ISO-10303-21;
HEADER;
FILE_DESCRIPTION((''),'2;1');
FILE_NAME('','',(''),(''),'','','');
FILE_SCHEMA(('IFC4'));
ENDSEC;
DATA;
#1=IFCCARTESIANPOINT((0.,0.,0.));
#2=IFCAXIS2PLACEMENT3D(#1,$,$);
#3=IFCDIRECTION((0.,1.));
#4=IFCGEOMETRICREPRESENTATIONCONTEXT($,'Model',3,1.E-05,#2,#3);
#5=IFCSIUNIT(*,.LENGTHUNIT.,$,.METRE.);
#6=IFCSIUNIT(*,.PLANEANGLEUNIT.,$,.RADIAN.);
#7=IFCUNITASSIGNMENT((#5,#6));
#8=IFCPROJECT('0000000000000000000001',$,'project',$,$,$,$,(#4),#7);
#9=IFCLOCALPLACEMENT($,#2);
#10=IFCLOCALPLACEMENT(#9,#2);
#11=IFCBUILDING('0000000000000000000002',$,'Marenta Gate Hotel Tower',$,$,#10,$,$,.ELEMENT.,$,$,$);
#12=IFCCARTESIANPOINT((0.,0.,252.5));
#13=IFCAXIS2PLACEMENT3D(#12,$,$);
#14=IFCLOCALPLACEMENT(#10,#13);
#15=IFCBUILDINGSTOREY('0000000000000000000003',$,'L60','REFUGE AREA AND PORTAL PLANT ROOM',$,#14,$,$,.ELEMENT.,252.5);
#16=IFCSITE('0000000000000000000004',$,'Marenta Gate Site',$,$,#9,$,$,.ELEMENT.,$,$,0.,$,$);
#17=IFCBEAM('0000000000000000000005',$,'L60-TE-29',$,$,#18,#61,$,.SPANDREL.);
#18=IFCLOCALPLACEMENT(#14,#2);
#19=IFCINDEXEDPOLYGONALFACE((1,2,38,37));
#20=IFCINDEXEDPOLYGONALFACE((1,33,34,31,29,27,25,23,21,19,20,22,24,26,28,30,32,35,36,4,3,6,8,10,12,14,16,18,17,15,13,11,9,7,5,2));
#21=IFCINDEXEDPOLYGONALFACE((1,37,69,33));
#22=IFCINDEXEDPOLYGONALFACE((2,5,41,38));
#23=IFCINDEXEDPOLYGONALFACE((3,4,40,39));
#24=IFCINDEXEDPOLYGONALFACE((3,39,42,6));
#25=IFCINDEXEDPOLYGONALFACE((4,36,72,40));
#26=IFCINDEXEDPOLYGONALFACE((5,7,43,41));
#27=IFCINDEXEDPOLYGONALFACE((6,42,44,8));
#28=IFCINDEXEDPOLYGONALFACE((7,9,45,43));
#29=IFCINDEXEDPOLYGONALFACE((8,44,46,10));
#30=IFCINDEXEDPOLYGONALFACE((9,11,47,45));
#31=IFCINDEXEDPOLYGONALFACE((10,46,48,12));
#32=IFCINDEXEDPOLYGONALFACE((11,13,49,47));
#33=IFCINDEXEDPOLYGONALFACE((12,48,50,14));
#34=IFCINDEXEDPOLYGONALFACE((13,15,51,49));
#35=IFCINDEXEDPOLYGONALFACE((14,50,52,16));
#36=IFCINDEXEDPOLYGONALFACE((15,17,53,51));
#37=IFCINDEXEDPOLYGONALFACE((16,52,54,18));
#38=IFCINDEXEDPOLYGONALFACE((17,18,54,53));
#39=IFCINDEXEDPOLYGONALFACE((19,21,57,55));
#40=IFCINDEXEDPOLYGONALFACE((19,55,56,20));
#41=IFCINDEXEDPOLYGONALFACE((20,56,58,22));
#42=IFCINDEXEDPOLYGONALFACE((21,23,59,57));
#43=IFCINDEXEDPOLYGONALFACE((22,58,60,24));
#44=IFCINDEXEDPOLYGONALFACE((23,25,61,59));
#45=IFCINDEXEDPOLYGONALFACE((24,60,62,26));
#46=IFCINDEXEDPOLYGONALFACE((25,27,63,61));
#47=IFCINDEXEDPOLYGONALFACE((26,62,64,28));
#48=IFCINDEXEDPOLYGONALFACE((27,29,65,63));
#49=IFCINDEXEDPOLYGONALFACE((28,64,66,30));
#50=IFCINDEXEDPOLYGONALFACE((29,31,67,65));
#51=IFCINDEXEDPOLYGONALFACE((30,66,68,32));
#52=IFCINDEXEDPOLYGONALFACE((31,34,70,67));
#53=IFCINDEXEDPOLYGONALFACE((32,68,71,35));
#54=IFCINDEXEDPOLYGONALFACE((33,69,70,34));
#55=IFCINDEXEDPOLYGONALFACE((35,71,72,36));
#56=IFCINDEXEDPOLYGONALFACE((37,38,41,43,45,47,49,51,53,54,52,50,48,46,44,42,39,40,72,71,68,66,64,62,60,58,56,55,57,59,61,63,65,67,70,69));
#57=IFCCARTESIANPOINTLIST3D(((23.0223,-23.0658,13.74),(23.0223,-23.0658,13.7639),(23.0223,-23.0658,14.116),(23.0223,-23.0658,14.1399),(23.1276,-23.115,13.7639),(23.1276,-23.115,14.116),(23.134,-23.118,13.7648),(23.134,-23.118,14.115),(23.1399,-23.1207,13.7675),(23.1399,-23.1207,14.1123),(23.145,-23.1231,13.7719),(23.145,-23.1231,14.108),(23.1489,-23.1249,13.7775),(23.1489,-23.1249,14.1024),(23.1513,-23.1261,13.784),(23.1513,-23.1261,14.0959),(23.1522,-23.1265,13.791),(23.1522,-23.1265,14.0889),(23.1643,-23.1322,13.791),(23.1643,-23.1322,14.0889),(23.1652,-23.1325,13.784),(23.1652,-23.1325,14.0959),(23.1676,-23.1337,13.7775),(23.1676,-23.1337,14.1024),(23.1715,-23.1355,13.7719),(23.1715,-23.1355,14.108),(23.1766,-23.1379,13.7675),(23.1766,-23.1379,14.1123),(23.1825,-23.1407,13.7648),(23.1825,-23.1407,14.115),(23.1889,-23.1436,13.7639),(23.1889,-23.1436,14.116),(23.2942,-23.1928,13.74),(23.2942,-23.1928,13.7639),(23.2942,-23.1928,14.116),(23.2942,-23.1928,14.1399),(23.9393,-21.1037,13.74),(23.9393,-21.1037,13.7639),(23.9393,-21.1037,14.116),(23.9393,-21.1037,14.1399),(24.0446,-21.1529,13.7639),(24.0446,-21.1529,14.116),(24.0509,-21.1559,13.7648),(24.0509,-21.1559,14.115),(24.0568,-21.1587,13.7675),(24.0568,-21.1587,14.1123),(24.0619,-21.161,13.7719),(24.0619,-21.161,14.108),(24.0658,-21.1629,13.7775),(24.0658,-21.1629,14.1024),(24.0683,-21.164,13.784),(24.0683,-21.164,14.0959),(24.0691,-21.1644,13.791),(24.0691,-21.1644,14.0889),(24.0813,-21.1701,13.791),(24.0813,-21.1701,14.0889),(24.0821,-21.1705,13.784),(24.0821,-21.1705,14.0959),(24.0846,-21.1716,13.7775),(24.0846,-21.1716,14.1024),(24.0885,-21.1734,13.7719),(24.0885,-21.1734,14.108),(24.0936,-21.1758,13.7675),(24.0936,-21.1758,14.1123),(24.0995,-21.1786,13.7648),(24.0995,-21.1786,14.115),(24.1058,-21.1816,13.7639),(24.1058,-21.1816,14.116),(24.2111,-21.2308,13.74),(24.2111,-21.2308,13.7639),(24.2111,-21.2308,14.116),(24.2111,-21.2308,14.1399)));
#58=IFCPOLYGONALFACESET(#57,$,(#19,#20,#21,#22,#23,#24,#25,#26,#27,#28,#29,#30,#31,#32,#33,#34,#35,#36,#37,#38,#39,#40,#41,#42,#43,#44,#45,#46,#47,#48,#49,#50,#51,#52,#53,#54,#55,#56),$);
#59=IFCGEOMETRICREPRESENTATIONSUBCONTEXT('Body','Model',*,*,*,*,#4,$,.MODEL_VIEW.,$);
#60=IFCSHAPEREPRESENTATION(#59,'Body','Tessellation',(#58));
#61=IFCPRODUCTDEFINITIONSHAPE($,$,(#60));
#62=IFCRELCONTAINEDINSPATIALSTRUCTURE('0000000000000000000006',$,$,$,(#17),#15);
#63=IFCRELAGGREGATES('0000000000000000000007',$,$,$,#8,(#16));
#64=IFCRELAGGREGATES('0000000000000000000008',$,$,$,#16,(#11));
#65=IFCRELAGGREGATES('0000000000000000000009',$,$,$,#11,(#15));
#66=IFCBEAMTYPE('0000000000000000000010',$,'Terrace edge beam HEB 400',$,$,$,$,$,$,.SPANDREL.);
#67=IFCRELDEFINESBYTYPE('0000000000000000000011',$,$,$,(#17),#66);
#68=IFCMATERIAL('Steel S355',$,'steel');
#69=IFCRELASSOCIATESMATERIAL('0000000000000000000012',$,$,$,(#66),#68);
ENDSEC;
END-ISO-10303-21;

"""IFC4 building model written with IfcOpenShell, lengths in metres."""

from ifc_helpers import new_model, si_unit, direction, frame, origin, origin_2d, place, context, subcontext, project, spatial, i_section, extrude, material, material_profile, profile_set, type_object, element, save


model = new_model("IFC4")

# Units and contexts
model_context = context("Model", 3, precision=1e-05, world=origin(), true_north=direction((0.0, 1.0)))
body_context = subcontext(model_context, "Body", "Model", "MODEL_VIEW")
ifc_project = project(units=[si_unit("LENGTHUNIT", "METRE"), si_unit("PLANEANGLEUNIT", "RADIAN")], contexts=[model_context])

# Site, building, storey
site_placement = place(None, origin())
site = spatial("IfcSite", under=ifc_project, at=site_placement, Name="Marenta Gate Site", CompositionType="ELEMENT", RefElevation=0.0)
building_placement = place(site_placement, origin())
building = spatial("IfcBuilding", under=site, at=building_placement, Name="Marenta Gate Hotel Tower", CompositionType="ELEMENT")
storey_placement = place(building_placement, frame((0.0, 0.0, 252.5)))
storey = spatial("IfcBuildingStorey", under=building, at=storey_placement, Name="L60", Description="REFUGE AREA AND PORTAL PLANT ROOM", CompositionType="ELEMENT", Elevation=252.5)

# Beam
ifc_material_1 = material(Name="Steel S355", Category="steel")
ifc_material_profile_1 = material_profile(ifc_material_1, i_section(OverallWidth=0.3, OverallDepth=0.3999, WebThickness=0.0134, FlangeThickness=0.0239, FilletRadius=0.0271, at=origin_2d()), Name="HEB 400")
ifc_profile_set_1 = profile_set([ifc_material_profile_1], Name="Steel S355")
beam_type_1 = type_object("IfcBeamType", Name="Terrace edge beam HEB 400", PredefinedType="SPANDREL", material=ifc_profile_set_1)
beam_1_placement = place(storey_placement, frame((24.0752, -21.1672, 13.9399), z_axis=(-0.423385, -0.90595, 0.0), x_axis=(0.90595, -0.423385, 0.0)))
element("IfcBeam", 1, at=beam_1_placement, inside=storey, type_object=beam_type_1, Name="L60-TE-29", PredefinedType="SPANDREL", context=body_context, shape_type="SweptSolid", body=[
    extrude(i_section(OverallWidth=0.3, OverallDepth=0.3999, WebThickness=0.0134, FlangeThickness=0.0239, FilletRadius=0.0271, at=origin_2d()), origin(), (0.0, 0.0, 1.0), 2.1658),
])

save(model, "model.ifc")
